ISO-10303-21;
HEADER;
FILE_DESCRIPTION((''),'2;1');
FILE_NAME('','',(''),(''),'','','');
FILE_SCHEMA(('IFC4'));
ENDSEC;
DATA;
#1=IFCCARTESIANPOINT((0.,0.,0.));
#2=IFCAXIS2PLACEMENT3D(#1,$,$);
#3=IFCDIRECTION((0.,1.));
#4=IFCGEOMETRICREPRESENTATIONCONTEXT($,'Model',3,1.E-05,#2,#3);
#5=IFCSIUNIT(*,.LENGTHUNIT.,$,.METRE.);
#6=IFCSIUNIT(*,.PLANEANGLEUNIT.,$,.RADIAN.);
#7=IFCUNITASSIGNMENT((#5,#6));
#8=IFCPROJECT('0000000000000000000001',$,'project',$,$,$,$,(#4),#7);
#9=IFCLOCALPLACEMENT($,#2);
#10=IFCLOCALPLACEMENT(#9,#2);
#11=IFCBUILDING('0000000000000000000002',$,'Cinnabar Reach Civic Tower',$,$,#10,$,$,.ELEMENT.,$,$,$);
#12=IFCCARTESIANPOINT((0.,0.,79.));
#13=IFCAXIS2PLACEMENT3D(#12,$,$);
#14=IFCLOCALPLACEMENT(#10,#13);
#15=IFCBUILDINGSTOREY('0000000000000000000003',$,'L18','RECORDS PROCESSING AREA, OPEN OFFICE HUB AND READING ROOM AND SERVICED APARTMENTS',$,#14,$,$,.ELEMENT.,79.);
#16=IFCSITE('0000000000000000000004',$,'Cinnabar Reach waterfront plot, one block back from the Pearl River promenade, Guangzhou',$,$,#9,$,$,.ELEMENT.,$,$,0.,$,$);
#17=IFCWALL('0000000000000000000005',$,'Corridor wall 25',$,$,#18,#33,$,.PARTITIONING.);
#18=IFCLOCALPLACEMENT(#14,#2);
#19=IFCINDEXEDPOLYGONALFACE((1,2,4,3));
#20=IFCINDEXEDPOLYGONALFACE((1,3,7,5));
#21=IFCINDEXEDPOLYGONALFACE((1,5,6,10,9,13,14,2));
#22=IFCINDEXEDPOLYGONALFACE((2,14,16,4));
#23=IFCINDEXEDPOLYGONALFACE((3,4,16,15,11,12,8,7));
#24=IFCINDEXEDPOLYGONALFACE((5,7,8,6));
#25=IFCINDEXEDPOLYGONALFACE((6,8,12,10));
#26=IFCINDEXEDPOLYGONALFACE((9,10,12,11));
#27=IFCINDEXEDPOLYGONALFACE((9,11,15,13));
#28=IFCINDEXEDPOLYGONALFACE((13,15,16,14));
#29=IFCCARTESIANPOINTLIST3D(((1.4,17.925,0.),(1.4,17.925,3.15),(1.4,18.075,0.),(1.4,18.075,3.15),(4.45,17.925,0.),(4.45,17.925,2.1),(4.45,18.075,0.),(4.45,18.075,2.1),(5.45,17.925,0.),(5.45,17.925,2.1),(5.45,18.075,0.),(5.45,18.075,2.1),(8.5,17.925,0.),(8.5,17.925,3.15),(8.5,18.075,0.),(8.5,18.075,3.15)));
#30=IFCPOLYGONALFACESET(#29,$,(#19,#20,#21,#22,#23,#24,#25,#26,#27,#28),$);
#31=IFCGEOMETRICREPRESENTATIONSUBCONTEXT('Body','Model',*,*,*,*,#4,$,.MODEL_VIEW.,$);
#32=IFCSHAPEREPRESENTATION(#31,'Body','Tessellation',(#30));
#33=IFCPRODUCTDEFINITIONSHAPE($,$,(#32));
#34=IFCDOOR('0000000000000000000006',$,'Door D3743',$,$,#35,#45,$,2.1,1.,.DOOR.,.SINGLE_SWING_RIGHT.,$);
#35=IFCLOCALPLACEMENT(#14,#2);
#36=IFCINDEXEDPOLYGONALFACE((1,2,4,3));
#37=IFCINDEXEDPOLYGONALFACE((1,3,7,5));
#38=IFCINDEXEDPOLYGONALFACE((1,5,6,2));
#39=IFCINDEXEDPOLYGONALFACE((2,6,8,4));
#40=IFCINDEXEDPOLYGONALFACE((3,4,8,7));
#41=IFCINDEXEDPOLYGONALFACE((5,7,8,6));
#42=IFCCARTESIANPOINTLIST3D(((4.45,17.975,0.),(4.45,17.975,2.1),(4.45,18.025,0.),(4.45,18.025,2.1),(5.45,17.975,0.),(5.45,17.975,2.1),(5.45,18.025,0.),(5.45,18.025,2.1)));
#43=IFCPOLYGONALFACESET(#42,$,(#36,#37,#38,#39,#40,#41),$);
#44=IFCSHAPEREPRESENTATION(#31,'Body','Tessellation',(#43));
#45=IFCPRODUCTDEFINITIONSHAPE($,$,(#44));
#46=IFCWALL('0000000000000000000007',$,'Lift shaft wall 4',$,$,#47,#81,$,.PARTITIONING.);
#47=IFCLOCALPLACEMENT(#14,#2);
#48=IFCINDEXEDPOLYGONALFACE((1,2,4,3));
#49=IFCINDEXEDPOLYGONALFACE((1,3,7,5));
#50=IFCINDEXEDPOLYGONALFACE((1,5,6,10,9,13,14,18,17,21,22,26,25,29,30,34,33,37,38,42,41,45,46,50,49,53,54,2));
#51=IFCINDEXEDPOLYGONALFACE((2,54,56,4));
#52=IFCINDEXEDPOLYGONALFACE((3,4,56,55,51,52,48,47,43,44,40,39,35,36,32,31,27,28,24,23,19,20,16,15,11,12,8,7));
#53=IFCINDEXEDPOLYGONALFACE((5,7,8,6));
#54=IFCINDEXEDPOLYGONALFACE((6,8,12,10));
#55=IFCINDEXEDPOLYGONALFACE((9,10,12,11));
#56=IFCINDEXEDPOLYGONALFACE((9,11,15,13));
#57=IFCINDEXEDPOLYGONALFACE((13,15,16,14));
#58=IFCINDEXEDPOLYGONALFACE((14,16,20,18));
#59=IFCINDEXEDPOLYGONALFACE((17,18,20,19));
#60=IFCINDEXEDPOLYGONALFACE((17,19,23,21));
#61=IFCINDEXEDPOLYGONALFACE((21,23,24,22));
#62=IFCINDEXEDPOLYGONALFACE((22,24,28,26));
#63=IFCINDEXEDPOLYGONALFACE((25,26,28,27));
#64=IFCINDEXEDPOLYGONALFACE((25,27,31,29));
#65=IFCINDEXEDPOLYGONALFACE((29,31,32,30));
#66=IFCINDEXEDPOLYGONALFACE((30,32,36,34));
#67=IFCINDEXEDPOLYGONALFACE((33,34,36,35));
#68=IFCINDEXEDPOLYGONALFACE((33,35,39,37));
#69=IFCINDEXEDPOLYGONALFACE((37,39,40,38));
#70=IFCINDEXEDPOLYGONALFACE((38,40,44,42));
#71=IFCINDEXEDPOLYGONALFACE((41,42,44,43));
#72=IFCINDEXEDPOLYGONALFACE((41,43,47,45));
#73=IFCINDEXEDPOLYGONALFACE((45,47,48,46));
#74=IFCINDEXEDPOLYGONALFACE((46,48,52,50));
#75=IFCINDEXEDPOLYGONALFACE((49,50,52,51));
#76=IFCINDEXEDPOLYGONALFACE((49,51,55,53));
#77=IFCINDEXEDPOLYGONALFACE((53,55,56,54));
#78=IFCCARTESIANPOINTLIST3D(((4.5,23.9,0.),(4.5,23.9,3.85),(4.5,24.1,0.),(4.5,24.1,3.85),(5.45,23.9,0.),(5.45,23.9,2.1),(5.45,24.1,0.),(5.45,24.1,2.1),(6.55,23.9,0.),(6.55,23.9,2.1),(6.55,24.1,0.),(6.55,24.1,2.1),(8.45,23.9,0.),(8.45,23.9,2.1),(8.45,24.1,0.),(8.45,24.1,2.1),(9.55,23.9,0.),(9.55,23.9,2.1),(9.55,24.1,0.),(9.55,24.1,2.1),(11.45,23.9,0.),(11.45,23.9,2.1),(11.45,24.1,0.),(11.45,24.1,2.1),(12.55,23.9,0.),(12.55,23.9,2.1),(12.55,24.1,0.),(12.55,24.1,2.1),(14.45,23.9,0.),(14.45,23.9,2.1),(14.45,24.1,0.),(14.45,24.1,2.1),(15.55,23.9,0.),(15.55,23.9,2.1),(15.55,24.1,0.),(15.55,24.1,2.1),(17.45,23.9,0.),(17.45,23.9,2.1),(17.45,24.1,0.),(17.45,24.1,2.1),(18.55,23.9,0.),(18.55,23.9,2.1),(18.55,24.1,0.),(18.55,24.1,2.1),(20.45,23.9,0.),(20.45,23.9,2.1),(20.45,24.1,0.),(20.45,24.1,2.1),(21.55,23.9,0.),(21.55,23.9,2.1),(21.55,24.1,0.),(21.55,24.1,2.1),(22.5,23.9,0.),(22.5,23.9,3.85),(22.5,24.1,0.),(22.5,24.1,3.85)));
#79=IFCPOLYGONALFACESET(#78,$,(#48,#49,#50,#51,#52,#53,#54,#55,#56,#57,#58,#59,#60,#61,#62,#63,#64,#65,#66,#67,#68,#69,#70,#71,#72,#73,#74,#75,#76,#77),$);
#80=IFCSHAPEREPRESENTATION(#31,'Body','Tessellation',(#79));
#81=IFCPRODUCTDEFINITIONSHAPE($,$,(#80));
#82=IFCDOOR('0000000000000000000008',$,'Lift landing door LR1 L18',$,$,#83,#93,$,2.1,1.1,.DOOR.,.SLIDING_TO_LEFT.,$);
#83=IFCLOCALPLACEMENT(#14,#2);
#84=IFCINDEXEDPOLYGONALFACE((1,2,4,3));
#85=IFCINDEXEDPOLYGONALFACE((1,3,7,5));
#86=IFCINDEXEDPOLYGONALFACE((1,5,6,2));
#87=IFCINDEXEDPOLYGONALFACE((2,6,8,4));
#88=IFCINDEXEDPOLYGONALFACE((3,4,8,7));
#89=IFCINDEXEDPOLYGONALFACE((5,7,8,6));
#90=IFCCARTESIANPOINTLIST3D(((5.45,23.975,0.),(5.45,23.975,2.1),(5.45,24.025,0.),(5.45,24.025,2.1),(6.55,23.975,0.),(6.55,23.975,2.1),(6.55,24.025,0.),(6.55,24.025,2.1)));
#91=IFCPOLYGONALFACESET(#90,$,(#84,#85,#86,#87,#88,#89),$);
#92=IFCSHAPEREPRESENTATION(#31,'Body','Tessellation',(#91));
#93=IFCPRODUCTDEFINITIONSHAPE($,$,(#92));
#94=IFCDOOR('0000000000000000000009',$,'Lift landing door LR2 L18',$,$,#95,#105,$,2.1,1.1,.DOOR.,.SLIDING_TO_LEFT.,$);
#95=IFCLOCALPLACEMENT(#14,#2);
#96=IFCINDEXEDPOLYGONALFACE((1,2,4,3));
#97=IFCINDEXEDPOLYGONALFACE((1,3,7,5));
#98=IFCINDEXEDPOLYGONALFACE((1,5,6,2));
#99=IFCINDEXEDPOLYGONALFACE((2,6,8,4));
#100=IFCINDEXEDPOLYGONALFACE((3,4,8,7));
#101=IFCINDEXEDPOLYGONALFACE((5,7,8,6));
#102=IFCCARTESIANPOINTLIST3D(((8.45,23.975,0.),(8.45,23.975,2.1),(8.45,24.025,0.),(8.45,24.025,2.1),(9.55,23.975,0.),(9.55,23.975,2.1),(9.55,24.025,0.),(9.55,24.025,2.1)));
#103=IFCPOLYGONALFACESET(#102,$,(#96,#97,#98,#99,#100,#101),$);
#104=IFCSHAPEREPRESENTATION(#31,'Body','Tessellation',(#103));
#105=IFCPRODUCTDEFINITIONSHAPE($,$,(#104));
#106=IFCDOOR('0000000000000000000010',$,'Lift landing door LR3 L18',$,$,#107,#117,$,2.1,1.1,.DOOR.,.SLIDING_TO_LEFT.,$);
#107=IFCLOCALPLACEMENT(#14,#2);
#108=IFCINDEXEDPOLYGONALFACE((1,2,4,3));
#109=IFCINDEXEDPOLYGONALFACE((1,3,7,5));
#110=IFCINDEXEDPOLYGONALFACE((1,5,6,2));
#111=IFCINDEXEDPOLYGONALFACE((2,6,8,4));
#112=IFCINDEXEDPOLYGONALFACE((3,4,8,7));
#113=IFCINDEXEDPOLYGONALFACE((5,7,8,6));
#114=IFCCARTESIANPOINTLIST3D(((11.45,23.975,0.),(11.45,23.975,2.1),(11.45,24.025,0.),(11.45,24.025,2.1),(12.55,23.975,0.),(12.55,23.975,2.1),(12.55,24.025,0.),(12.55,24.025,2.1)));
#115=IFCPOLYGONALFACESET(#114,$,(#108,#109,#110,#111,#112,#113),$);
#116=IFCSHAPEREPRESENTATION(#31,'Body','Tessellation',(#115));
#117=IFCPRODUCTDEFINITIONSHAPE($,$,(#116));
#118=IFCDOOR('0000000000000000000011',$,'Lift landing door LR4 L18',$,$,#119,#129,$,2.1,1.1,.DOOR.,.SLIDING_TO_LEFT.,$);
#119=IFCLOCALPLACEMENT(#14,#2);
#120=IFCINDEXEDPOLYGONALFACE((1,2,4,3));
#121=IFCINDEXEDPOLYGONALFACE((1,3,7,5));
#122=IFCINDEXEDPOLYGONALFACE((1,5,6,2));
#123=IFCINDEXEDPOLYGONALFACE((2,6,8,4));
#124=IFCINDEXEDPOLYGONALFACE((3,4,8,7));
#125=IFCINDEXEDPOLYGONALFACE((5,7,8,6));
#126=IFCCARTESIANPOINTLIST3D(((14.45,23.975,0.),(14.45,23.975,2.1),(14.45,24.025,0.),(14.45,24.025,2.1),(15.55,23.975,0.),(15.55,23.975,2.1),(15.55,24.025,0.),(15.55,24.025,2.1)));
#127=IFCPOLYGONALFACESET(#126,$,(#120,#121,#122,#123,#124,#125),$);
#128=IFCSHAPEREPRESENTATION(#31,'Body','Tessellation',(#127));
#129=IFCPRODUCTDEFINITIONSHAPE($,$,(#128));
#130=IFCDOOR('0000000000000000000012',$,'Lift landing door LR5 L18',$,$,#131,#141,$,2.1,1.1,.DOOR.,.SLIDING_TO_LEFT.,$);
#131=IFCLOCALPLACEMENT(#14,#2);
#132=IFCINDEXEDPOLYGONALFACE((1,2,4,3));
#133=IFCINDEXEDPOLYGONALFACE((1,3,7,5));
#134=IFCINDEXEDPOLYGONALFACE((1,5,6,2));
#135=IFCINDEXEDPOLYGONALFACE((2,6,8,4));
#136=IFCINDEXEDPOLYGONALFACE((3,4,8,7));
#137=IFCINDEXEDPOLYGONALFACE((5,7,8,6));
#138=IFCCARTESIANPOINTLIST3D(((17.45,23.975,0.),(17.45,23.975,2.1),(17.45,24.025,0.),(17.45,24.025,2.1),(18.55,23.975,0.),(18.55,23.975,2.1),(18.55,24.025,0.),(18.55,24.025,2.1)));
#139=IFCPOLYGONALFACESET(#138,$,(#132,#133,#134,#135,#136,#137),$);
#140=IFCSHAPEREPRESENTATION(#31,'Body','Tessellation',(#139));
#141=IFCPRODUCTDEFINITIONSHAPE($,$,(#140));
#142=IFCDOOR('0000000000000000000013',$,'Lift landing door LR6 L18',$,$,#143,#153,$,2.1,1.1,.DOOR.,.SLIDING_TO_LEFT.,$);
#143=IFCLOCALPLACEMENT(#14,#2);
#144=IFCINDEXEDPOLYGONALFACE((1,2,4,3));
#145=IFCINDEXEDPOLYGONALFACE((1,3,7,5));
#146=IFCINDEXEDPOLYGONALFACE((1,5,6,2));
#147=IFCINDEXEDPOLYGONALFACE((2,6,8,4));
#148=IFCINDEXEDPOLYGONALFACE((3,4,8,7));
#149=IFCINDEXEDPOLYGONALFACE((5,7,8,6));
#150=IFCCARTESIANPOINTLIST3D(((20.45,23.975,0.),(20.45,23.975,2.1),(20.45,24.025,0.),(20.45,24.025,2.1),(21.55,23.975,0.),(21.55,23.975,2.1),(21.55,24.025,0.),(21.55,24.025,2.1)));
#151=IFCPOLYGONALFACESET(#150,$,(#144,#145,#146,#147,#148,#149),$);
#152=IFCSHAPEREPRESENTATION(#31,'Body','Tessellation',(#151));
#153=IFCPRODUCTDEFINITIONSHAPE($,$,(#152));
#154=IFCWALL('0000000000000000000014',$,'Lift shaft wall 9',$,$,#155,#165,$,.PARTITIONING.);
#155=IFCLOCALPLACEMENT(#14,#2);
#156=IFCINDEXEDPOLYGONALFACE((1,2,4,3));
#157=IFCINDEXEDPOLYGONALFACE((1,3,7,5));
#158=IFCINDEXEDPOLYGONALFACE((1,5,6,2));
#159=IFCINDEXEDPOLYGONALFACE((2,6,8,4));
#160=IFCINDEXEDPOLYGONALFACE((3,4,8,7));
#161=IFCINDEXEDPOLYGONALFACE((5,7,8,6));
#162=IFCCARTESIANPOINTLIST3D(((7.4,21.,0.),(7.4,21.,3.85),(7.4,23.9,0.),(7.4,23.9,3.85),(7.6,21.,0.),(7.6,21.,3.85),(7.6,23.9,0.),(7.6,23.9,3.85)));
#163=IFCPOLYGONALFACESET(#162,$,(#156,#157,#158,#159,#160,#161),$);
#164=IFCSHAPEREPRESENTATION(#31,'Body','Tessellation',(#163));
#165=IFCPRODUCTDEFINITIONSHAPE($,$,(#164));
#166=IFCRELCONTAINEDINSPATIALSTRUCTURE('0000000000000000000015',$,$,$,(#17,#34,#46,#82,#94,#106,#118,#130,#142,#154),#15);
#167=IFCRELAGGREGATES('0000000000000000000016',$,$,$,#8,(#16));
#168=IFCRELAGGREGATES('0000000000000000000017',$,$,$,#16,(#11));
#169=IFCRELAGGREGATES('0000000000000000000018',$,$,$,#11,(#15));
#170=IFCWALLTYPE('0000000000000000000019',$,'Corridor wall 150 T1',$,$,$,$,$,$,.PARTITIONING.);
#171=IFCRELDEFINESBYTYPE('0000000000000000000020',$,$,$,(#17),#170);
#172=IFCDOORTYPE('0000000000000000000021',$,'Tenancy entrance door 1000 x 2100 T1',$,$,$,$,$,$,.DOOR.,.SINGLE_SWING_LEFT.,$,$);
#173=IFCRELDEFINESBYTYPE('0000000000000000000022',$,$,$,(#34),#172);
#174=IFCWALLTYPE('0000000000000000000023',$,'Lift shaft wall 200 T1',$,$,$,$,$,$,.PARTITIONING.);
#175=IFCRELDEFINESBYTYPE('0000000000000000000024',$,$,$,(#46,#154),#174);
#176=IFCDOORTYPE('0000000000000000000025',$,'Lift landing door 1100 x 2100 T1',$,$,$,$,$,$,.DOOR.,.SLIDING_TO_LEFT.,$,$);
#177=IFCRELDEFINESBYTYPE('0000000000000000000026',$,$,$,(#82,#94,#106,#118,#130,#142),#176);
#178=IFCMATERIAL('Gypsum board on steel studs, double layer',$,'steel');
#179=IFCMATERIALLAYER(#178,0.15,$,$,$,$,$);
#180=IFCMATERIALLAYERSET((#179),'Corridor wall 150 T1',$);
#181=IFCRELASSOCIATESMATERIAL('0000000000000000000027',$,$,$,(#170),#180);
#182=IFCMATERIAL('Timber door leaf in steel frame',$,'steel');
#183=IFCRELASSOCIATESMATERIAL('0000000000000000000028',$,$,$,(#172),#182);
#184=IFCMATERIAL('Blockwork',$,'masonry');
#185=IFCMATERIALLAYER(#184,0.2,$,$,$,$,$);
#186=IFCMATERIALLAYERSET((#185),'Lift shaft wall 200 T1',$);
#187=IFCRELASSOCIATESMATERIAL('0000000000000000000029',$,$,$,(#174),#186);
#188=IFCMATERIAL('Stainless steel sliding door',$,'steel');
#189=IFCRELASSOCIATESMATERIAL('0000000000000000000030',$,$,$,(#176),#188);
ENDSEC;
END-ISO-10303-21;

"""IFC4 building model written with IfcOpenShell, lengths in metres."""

from ifc_helpers import new_model, si_unit, direction, frame, frame_2d, origin, place, context, subcontext, project, spatial, rectangle, extrude, material, layer, layer_set, type_object, element, fill, save


model = new_model("IFC4")

# Units and contexts
model_context = context("Model", 3, precision=1e-05, world=origin(), true_north=direction((0.0, 1.0)))
body_context = subcontext(model_context, "Body", "Model", "MODEL_VIEW")
ifc_project = project(units=[si_unit("LENGTHUNIT", "METRE"), si_unit("PLANEANGLEUNIT", "RADIAN")], contexts=[model_context])

# Site, building, storey
site_placement = place(None, origin())
site = spatial("IfcSite", under=ifc_project, at=site_placement, Name="Cinnabar Reach waterfront plot, one block back from the Pearl River promenade, Guangzhou", CompositionType="ELEMENT", RefElevation=0.0)
building_placement = place(site_placement, origin())
building = spatial("IfcBuilding", under=site, at=building_placement, Name="Cinnabar Reach Civic Tower", CompositionType="ELEMENT")
storey_placement = place(building_placement, frame((0.0, 0.0, 79.0)))
storey = spatial("IfcBuildingStorey", under=building, at=storey_placement, Name="L18", Description="RECORDS PROCESSING AREA, OPEN OFFICE HUB AND READING ROOM AND SERVICED APARTMENTS", CompositionType="ELEMENT", Elevation=79.0)

# Shared definitions
ifc_material_1 = material(Name="Gypsum board on steel studs, double layer", Category="steel")
ifc_layer_1 = layer(ifc_material_1, 0.15)
ifc_layer_set_1 = layer_set([ifc_layer_1], Name="Corridor wall 150 T1")
wall_type_1 = type_object("IfcWallType", Name="Corridor wall 150 T1", PredefinedType="PARTITIONING", material=ifc_layer_set_1)

# Wall, opening, door
wall_1_placement = place(storey_placement, frame((1.4, 18.0, 0.0), z_axis=(0.0, 0.0, 1.0), x_axis=(1.0, 0.0, 0.0)))
wall_1 = element("IfcWall", 1, at=wall_1_placement, inside=storey, type_object=wall_type_1, Name="Corridor wall 25", PredefinedType="PARTITIONING", context=body_context, shape_type="SweptSolid", body=[
    extrude(rectangle(XDim=7.1, YDim=0.15, at=frame_2d((3.55, 0.0))), origin(), (0.0, 0.0, 1.0), 3.15),
])
opening_1_placement = place(wall_1_placement, frame((3.05, 0.0, 0.0)))
opening_1 = element("IfcOpeningElement", 2, at=opening_1_placement, cuts=wall_1, PredefinedType="OPENING", context=body_context, shape_type="SweptSolid", body=[
    extrude(rectangle(XDim=1.0, YDim=2.1, at=frame_2d((0.5, 1.05))), frame((0.0, 0.085, 0.0), z_axis=(0.0, -1.0, 0.0), x_axis=(1.0, 0.0, 0.0)), (0.0, 0.0, 1.0), 0.17),
])
ifc_material_2 = material(Name="Timber door leaf in steel frame", Category="steel")
door_type_1 = type_object("IfcDoorType", Name="Tenancy entrance door 1000 x 2100 T1", OperationType="SINGLE_SWING_LEFT", PredefinedType="DOOR", material=ifc_material_2)
door_1_placement = place(opening_1_placement, frame((1.0, 0.0, 0.0), z_axis=(0.0, 0.0, 1.0), x_axis=(-1.0, 0.0, 0.0)))
door_1 = element("IfcDoor", 3, at=door_1_placement, inside=storey, type_object=door_type_1, Name="Door D3743", OperationType="SINGLE_SWING_RIGHT", OverallHeight=2.1, OverallWidth=1.0, PredefinedType="DOOR", context=body_context, shape_type="SweptSolid", body=[
    extrude(rectangle(XDim=1.0, YDim=2.1, at=frame_2d((0.5, 1.05))), frame((0.0, 0.025, 0.0), z_axis=(0.0, -1.0, 0.0), x_axis=(1.0, 0.0, 0.0)), (0.0, 0.0, 1.0), 0.05),
])
fill(opening_1, door_1)

# Wall, openings, doors
ifc_material_3 = material(Name="Blockwork", Category="masonry")
ifc_layer_2 = layer(ifc_material_3, 0.2)
ifc_layer_set_2 = layer_set([ifc_layer_2], Name="Lift shaft wall 200 T1")
wall_type_2 = type_object("IfcWallType", Name="Lift shaft wall 200 T1", PredefinedType="PARTITIONING", material=ifc_layer_set_2)
wall_2_placement = place(storey_placement, frame((4.5, 24.0, 0.0), z_axis=(0.0, 0.0, 1.0), x_axis=(1.0, 0.0, 0.0)))
wall_2 = element("IfcWall", 4, at=wall_2_placement, inside=storey, type_object=wall_type_2, Name="Lift shaft wall 4", PredefinedType="PARTITIONING", context=body_context, shape_type="SweptSolid", body=[
    extrude(rectangle(XDim=18.0, YDim=0.2, at=frame_2d((9.0, 0.0))), origin(), (0.0, 0.0, 1.0), 3.85),
])
opening_2_placement = place(wall_2_placement, frame((0.95, 0.0, 0.0)))
opening_2 = element("IfcOpeningElement", 5, at=opening_2_placement, cuts=wall_2, PredefinedType="OPENING", context=body_context, shape_type="SweptSolid", body=[
    extrude(rectangle(XDim=1.1, YDim=2.1, at=frame_2d((0.55, 1.05))), frame((0.0, 0.11, 0.0), z_axis=(0.0, -1.0, 0.0), x_axis=(1.0, 0.0, 0.0)), (0.0, 0.0, 1.0), 0.22),
])
opening_3_placement = place(wall_2_placement, frame((3.95, 0.0, 0.0)))
opening_3 = element("IfcOpeningElement", 6, at=opening_3_placement, cuts=wall_2, PredefinedType="OPENING", context=body_context, shape_type="SweptSolid", body=[
    extrude(rectangle(XDim=1.1, YDim=2.1, at=frame_2d((0.55, 1.05))), frame((0.0, 0.11, 0.0), z_axis=(0.0, -1.0, 0.0), x_axis=(1.0, 0.0, 0.0)), (0.0, 0.0, 1.0), 0.22),
])
opening_4_placement = place(wall_2_placement, frame((6.95, 0.0, 0.0)))
opening_4 = element("IfcOpeningElement", 7, at=opening_4_placement, cuts=wall_2, PredefinedType="OPENING", context=body_context, shape_type="SweptSolid", body=[
    extrude(rectangle(XDim=1.1, YDim=2.1, at=frame_2d((0.55, 1.05))), frame((0.0, 0.11, 0.0), z_axis=(0.0, -1.0, 0.0), x_axis=(1.0, 0.0, 0.0)), (0.0, 0.0, 1.0), 0.22),
])
opening_5_placement = place(wall_2_placement, frame((9.95, 0.0, 0.0)))
opening_5 = element("IfcOpeningElement", 8, at=opening_5_placement, cuts=wall_2, PredefinedType="OPENING", context=body_context, shape_type="SweptSolid", body=[
    extrude(rectangle(XDim=1.1, YDim=2.1, at=frame_2d((0.55, 1.05))), frame((0.0, 0.11, 0.0), z_axis=(0.0, -1.0, 0.0), x_axis=(1.0, 0.0, 0.0)), (0.0, 0.0, 1.0), 0.22),
])
opening_6_placement = place(wall_2_placement, frame((12.95, 0.0, 0.0)))
opening_6 = element("IfcOpeningElement", 9, at=opening_6_placement, cuts=wall_2, PredefinedType="OPENING", context=body_context, shape_type="SweptSolid", body=[
    extrude(rectangle(XDim=1.1, YDim=2.1, at=frame_2d((0.55, 1.05))), frame((0.0, 0.11, 0.0), z_axis=(0.0, -1.0, 0.0), x_axis=(1.0, 0.0, 0.0)), (0.0, 0.0, 1.0), 0.22),
])
opening_7_placement = place(wall_2_placement, frame((15.95, 0.0, 0.0)))
opening_7 = element("IfcOpeningElement", 10, at=opening_7_placement, cuts=wall_2, PredefinedType="OPENING", context=body_context, shape_type="SweptSolid", body=[
    extrude(rectangle(XDim=1.1, YDim=2.1, at=frame_2d((0.55, 1.05))), frame((0.0, 0.11, 0.0), z_axis=(0.0, -1.0, 0.0), x_axis=(1.0, 0.0, 0.0)), (0.0, 0.0, 1.0), 0.22),
])
ifc_material_4 = material(Name="Stainless steel sliding door", Category="steel")
door_type_2 = type_object("IfcDoorType", Name="Lift landing door 1100 x 2100 T1", OperationType="SLIDING_TO_LEFT", PredefinedType="DOOR", material=ifc_material_4)
door_2_placement = place(opening_2_placement, origin())
door_2 = element("IfcDoor", 11, at=door_2_placement, inside=storey, type_object=door_type_2, Name="Lift landing door LR1 L18", OperationType="SLIDING_TO_LEFT", OverallHeight=2.1, OverallWidth=1.1, PredefinedType="DOOR", context=body_context, shape_type="SweptSolid", body=[
    extrude(rectangle(XDim=1.1, YDim=2.1, at=frame_2d((0.55, 1.05))), frame((0.0, 0.025, 0.0), z_axis=(0.0, -1.0, 0.0), x_axis=(1.0, 0.0, 0.0)), (0.0, 0.0, 1.0), 0.05),
])
fill(opening_2, door_2)
door_3_placement = place(opening_3_placement, origin())
door_3 = element("IfcDoor", 12, at=door_3_placement, inside=storey, type_object=door_type_2, Name="Lift landing door LR2 L18", OperationType="SLIDING_TO_LEFT", OverallHeight=2.1, OverallWidth=1.1, PredefinedType="DOOR", context=body_context, shape_type="SweptSolid", body=[
    extrude(rectangle(XDim=1.1, YDim=2.1, at=frame_2d((0.55, 1.05))), frame((0.0, 0.025, 0.0), z_axis=(0.0, -1.0, 0.0), x_axis=(1.0, 0.0, 0.0)), (0.0, 0.0, 1.0), 0.05),
])
fill(opening_3, door_3)
door_4_placement = place(opening_4_placement, origin())
door_4 = element("IfcDoor", 13, at=door_4_placement, inside=storey, type_object=door_type_2, Name="Lift landing door LR3 L18", OperationType="SLIDING_TO_LEFT", OverallHeight=2.1, OverallWidth=1.1, PredefinedType="DOOR", context=body_context, shape_type="SweptSolid", body=[
    extrude(rectangle(XDim=1.1, YDim=2.1, at=frame_2d((0.55, 1.05))), frame((0.0, 0.025, 0.0), z_axis=(0.0, -1.0, 0.0), x_axis=(1.0, 0.0, 0.0)), (0.0, 0.0, 1.0), 0.05),
])
fill(opening_4, door_4)
door_5_placement = place(opening_5_placement, origin())
door_5 = element("IfcDoor", 14, at=door_5_placement, inside=storey, type_object=door_type_2, Name="Lift landing door LR4 L18", OperationType="SLIDING_TO_LEFT", OverallHeight=2.1, OverallWidth=1.1, PredefinedType="DOOR", context=body_context, shape_type="SweptSolid", body=[
    extrude(rectangle(XDim=1.1, YDim=2.1, at=frame_2d((0.55, 1.05))), frame((0.0, 0.025, 0.0), z_axis=(0.0, -1.0, 0.0), x_axis=(1.0, 0.0, 0.0)), (0.0, 0.0, 1.0), 0.05),
])
fill(opening_5, door_5)
door_6_placement = place(opening_6_placement, origin())
door_6 = element("IfcDoor", 15, at=door_6_placement, inside=storey, type_object=door_type_2, Name="Lift landing door LR5 L18", OperationType="SLIDING_TO_LEFT", OverallHeight=2.1, OverallWidth=1.1, PredefinedType="DOOR", context=body_context, shape_type="SweptSolid", body=[
    extrude(rectangle(XDim=1.1, YDim=2.1, at=frame_2d((0.55, 1.05))), frame((0.0, 0.025, 0.0), z_axis=(0.0, -1.0, 0.0), x_axis=(1.0, 0.0, 0.0)), (0.0, 0.0, 1.0), 0.05),
])
fill(opening_6, door_6)
door_7_placement = place(opening_7_placement, origin())
door_7 = element("IfcDoor", 16, at=door_7_placement, inside=storey, type_object=door_type_2, Name="Lift landing door LR6 L18", OperationType="SLIDING_TO_LEFT", OverallHeight=2.1, OverallWidth=1.1, PredefinedType="DOOR", context=body_context, shape_type="SweptSolid", body=[
    extrude(rectangle(XDim=1.1, YDim=2.1, at=frame_2d((0.55, 1.05))), frame((0.0, 0.025, 0.0), z_axis=(0.0, -1.0, 0.0), x_axis=(1.0, 0.0, 0.0)), (0.0, 0.0, 1.0), 0.05),
])
fill(opening_7, door_7)

# Wall
wall_3_placement = place(storey_placement, frame((7.5, 21.0, 0.0), z_axis=(0.0, 0.0, 1.0), x_axis=(0.0, 1.0, 0.0)))
element("IfcWall", 17, at=wall_3_placement, inside=storey, type_object=wall_type_2, Name="Lift shaft wall 9", PredefinedType="PARTITIONING", context=body_context, shape_type="SweptSolid", body=[
    extrude(rectangle(XDim=2.9, YDim=0.2, at=frame_2d((1.45, 0.0))), origin(), (0.0, 0.0, 1.0), 3.85),
])

save(model, "model.ifc")
